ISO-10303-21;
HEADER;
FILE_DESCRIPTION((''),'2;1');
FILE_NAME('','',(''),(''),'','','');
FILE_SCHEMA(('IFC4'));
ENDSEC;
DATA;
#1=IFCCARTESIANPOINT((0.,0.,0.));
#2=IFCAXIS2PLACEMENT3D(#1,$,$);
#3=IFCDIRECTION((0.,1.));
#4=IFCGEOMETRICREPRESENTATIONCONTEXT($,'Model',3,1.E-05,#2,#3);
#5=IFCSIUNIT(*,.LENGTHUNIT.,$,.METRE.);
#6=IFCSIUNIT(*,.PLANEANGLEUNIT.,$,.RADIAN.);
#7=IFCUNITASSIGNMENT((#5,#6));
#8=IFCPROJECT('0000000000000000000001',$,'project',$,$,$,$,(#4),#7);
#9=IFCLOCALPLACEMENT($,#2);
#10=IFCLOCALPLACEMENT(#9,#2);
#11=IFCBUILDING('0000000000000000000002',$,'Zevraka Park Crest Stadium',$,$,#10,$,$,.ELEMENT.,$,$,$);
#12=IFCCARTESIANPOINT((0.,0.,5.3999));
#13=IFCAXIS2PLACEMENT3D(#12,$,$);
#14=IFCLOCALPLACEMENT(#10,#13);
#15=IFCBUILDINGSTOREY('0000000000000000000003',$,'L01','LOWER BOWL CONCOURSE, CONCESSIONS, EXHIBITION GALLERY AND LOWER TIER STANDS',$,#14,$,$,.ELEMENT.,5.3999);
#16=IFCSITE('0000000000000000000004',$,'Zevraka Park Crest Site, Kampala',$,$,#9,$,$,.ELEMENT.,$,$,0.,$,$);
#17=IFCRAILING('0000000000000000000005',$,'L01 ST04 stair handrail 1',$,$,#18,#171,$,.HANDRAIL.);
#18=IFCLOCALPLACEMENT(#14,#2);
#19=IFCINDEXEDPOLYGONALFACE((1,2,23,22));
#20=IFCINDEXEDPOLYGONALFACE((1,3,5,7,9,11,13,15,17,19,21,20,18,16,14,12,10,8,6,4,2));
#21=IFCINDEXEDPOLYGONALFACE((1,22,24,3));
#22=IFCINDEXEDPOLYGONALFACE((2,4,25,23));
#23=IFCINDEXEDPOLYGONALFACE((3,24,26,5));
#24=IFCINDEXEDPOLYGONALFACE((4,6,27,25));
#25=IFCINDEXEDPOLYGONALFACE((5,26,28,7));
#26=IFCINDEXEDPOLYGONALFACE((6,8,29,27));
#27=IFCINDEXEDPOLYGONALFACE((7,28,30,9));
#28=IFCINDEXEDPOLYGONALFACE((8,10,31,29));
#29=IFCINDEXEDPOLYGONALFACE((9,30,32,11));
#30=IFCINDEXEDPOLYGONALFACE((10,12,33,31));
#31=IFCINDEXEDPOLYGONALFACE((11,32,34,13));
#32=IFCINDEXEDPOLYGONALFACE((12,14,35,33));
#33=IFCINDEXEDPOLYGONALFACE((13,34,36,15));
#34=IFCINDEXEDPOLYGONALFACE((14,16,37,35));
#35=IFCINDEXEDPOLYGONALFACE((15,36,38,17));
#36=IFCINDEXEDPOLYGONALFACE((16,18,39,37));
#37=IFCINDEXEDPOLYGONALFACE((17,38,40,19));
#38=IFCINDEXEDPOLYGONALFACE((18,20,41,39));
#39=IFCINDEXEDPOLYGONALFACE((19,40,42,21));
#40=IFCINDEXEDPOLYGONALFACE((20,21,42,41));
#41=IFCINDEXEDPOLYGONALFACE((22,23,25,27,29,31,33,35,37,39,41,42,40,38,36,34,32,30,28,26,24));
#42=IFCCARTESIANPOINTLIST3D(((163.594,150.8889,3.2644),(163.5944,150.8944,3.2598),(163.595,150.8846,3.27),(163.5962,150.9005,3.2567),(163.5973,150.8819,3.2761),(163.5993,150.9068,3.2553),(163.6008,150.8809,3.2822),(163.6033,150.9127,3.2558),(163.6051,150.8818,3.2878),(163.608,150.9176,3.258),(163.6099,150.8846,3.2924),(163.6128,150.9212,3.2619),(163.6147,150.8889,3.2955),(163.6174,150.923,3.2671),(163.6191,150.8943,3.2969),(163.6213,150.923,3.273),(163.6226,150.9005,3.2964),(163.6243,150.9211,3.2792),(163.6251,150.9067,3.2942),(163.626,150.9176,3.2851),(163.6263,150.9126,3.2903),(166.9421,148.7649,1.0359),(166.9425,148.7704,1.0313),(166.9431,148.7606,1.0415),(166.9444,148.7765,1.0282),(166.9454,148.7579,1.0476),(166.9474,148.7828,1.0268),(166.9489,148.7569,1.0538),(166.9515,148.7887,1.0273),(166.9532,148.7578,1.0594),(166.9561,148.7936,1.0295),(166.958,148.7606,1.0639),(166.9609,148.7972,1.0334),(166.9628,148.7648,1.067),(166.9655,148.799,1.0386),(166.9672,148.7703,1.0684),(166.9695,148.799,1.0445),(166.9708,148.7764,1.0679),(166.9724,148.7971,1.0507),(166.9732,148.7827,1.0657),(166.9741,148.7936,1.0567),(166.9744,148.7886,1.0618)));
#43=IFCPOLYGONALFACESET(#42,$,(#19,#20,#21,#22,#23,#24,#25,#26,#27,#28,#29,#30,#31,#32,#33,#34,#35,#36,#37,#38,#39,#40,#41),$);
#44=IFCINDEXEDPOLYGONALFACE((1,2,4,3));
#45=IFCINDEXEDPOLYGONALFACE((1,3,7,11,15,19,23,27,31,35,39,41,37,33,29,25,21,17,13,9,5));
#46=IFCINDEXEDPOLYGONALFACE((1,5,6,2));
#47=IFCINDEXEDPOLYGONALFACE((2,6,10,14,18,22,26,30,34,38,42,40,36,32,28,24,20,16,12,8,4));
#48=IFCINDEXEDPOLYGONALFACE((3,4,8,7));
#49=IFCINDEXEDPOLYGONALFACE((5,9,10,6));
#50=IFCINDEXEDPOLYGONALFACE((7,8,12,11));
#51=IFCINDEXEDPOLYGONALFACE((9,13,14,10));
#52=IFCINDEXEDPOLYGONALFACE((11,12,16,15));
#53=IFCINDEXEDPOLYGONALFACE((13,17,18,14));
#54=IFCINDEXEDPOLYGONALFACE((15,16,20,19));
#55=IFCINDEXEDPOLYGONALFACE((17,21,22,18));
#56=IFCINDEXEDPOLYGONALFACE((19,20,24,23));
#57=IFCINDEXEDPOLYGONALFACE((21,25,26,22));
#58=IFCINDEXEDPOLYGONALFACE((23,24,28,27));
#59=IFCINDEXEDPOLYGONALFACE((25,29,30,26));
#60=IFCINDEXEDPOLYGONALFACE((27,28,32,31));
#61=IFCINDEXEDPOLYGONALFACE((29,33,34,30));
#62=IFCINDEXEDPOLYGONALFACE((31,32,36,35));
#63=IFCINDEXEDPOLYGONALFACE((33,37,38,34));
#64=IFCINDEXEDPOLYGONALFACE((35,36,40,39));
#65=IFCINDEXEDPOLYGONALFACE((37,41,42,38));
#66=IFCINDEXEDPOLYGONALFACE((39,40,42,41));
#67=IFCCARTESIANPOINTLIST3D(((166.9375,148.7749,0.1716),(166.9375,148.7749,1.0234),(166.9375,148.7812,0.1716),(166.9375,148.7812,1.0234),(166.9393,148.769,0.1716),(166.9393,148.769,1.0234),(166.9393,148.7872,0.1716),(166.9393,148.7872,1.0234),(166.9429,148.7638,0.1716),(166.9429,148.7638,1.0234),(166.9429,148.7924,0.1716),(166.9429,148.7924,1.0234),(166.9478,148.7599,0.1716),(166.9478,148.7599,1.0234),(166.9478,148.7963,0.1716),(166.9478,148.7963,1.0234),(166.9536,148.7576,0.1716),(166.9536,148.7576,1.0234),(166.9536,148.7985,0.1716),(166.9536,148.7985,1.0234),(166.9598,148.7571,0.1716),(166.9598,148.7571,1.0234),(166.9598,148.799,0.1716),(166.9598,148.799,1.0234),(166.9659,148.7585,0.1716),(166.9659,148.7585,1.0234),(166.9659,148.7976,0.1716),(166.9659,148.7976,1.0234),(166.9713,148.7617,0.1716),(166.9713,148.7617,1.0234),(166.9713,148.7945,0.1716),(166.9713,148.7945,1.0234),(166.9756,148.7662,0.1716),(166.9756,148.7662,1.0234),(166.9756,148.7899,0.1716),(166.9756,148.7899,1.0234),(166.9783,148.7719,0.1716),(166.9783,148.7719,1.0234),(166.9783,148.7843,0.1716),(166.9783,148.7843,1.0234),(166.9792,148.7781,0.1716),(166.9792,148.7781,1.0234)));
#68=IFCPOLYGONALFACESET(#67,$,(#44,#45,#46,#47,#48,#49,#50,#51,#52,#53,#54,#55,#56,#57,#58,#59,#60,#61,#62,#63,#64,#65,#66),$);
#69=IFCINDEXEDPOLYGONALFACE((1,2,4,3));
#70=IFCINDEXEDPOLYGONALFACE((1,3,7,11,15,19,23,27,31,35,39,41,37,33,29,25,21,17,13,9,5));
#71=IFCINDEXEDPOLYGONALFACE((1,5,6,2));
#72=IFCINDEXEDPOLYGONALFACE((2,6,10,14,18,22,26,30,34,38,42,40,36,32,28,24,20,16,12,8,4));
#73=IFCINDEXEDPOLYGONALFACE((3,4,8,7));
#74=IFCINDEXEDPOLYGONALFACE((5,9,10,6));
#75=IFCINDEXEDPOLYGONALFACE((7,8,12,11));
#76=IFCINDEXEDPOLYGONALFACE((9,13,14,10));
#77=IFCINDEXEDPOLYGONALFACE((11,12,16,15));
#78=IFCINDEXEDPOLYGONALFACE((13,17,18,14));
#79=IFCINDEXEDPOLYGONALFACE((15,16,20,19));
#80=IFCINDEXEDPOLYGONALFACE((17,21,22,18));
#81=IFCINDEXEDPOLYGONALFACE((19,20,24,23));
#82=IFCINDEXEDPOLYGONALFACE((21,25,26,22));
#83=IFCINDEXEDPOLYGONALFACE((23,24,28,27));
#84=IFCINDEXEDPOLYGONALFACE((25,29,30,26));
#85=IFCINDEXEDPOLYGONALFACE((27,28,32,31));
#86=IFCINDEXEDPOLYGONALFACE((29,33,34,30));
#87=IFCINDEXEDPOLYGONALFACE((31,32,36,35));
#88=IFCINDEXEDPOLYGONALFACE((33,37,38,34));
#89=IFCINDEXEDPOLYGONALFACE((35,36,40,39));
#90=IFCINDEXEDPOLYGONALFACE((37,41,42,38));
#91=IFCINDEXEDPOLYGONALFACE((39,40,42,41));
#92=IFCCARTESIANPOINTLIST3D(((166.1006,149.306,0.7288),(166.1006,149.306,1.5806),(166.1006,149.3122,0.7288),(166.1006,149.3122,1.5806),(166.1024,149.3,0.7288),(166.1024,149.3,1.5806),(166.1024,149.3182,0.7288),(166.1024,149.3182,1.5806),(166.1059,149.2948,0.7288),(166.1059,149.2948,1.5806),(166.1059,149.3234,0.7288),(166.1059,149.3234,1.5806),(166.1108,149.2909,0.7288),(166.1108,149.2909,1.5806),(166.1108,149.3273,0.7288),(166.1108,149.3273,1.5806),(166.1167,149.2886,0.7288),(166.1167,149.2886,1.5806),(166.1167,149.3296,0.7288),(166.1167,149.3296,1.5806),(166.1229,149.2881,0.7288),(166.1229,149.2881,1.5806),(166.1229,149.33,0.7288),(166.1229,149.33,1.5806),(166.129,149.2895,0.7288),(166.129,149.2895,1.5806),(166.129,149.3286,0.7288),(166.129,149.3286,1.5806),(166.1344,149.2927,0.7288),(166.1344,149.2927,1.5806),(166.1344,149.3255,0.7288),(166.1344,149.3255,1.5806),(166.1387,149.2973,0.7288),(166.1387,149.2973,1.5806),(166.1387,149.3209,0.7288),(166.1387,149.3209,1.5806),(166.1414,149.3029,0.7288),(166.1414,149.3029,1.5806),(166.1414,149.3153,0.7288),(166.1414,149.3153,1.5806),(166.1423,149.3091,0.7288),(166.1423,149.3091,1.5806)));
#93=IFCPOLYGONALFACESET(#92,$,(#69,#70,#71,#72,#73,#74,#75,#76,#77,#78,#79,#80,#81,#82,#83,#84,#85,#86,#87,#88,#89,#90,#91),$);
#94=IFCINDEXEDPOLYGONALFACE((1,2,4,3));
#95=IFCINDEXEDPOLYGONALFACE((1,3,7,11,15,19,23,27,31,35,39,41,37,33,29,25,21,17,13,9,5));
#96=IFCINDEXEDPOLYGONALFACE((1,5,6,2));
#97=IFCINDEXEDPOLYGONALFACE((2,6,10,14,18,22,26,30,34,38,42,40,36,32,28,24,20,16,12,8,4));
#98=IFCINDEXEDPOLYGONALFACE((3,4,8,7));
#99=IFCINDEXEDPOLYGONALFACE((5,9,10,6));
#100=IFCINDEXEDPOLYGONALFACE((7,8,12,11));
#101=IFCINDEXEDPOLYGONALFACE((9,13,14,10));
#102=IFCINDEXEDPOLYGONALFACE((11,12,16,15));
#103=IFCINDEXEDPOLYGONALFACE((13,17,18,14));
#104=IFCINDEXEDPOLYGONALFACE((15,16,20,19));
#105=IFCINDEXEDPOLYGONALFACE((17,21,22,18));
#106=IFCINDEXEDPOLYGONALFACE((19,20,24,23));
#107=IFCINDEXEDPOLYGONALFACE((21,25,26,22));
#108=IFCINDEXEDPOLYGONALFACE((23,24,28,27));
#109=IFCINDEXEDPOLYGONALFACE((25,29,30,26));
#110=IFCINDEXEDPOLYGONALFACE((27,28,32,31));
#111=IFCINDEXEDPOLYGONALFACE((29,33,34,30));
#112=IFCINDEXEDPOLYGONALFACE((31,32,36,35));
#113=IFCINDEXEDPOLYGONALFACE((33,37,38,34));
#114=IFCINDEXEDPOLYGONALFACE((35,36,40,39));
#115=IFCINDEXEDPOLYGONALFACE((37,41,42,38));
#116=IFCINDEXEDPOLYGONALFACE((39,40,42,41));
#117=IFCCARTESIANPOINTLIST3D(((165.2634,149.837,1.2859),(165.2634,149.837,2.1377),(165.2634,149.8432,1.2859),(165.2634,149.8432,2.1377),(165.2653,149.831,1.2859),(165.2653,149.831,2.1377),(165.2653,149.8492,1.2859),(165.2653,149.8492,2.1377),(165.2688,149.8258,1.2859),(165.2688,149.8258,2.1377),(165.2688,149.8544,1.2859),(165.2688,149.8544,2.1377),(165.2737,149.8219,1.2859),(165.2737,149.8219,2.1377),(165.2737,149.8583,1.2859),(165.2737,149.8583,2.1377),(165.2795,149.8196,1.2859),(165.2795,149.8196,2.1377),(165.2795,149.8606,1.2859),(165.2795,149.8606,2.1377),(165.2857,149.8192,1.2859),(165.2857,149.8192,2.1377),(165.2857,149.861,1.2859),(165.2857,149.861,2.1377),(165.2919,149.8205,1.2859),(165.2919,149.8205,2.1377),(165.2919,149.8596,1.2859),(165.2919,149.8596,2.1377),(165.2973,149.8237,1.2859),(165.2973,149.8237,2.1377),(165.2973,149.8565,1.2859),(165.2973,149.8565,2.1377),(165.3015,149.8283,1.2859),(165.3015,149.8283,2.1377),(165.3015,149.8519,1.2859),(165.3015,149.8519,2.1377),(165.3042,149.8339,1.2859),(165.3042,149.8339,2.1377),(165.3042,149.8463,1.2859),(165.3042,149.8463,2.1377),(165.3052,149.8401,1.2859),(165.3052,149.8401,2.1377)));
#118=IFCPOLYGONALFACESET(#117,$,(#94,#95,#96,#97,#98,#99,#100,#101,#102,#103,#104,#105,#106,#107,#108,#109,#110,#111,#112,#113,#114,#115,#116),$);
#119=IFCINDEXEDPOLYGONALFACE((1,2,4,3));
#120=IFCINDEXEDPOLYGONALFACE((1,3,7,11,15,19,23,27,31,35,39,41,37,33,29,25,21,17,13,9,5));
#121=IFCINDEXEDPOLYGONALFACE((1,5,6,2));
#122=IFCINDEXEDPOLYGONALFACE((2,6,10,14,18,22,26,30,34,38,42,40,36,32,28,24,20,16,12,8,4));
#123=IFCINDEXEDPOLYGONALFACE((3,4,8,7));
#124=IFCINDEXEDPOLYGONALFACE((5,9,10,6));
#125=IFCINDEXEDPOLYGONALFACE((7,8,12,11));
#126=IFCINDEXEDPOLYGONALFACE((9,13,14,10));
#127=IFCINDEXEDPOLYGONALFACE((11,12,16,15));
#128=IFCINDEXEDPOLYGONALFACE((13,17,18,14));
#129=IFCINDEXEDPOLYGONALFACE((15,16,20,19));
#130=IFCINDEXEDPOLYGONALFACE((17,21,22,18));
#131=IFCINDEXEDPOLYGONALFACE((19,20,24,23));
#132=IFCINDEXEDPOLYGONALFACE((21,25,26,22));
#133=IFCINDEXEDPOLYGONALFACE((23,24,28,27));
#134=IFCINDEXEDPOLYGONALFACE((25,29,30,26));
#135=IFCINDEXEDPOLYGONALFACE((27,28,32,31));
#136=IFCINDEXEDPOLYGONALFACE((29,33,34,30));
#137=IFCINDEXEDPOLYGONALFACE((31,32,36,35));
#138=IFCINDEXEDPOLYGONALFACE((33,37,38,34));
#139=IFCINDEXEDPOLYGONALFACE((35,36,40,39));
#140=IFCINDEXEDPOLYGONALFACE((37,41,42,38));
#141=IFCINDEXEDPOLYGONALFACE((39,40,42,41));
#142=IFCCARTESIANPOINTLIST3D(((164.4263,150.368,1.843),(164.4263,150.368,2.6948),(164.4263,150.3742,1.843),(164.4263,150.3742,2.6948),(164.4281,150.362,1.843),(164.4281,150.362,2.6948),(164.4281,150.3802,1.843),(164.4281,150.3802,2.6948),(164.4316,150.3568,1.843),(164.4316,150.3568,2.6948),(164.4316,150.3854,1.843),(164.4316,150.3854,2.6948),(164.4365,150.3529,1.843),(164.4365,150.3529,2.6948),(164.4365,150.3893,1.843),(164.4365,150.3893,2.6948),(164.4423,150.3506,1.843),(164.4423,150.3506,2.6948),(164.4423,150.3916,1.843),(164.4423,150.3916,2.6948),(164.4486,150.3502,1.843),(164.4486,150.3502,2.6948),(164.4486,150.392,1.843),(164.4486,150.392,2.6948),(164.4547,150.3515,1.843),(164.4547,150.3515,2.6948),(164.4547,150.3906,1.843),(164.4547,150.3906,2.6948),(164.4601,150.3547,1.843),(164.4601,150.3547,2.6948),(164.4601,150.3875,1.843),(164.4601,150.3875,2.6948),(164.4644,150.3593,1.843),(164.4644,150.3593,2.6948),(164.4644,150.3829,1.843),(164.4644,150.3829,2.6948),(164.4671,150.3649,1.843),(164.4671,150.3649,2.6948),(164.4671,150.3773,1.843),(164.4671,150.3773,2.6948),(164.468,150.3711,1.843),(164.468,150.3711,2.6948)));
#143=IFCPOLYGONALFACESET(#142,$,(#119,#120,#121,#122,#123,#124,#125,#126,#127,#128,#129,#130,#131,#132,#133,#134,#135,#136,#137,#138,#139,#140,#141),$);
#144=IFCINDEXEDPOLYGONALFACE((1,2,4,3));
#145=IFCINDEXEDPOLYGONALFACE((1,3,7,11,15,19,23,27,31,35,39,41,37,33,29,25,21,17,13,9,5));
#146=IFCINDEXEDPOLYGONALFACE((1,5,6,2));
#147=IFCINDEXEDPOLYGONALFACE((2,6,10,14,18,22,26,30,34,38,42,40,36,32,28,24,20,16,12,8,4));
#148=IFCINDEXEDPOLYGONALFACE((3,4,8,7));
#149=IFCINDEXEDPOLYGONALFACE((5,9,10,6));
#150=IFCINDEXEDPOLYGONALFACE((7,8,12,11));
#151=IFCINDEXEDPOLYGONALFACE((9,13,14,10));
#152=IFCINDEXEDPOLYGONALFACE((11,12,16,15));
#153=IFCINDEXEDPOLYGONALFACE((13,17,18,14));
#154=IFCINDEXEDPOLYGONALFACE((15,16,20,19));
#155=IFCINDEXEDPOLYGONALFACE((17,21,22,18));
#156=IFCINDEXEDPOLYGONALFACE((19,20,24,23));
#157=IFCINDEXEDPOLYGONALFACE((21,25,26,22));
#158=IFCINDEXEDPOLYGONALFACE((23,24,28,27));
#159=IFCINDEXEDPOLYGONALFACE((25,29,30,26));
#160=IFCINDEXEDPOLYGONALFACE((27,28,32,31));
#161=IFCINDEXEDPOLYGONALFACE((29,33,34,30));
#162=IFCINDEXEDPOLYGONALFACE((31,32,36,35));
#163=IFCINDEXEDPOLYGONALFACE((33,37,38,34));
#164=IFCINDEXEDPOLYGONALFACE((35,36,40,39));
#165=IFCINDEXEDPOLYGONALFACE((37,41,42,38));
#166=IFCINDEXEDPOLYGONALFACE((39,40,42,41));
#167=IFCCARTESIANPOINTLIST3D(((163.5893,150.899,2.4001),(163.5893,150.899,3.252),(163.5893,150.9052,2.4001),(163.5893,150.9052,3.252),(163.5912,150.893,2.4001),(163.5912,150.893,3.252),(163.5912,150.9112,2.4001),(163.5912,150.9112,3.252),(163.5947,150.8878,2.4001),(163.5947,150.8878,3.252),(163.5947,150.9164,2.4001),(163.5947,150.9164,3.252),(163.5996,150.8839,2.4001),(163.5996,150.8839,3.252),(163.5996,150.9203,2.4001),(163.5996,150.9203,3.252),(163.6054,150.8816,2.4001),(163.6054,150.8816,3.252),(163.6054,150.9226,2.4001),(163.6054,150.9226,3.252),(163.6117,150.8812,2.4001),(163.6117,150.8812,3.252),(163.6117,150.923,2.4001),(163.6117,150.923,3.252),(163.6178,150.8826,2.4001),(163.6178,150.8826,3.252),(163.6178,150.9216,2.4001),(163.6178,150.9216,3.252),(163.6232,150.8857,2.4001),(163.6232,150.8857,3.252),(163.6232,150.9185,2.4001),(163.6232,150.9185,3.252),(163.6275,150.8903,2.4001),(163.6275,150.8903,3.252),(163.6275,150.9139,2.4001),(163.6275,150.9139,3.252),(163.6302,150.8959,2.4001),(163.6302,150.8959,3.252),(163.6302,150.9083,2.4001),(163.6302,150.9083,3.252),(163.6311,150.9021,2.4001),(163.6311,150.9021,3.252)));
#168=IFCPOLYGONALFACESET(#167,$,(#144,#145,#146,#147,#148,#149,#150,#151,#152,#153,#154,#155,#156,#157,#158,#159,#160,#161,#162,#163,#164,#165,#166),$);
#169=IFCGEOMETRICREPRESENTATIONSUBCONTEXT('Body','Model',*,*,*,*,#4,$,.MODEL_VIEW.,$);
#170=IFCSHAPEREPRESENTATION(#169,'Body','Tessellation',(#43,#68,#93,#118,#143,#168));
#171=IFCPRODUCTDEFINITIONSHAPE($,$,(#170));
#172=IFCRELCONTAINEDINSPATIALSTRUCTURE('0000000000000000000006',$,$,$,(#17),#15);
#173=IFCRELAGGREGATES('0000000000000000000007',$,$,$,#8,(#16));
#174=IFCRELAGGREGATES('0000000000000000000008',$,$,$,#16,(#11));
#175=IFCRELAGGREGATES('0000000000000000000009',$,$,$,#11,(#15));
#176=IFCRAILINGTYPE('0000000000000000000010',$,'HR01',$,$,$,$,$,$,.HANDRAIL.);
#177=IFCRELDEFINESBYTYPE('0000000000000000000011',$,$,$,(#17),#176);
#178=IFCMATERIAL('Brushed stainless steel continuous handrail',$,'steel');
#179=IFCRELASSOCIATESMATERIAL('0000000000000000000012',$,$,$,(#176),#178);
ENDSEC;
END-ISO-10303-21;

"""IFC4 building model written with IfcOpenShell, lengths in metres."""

from ifc_helpers import new_model, si_unit, direction, frame, origin, origin_2d, place, context, subcontext, project, spatial, circle, extrude, material, type_object, element, save


model = new_model("IFC4")

# Units and contexts
model_context = context("Model", 3, precision=1e-05, world=origin(), true_north=direction((0.0, 1.0)))
body_context = subcontext(model_context, "Body", "Model", "MODEL_VIEW")
ifc_project = project(units=[si_unit("LENGTHUNIT", "METRE"), si_unit("PLANEANGLEUNIT", "RADIAN")], contexts=[model_context])

# Site, building, storey
site_placement = place(None, origin())
site = spatial("IfcSite", under=ifc_project, at=site_placement, Name="Zevraka Park Crest Site, Kampala", CompositionType="ELEMENT", RefElevation=0.0)
building_placement = place(site_placement, origin())
building = spatial("IfcBuilding", under=site, at=building_placement, Name="Zevraka Park Crest Stadium", CompositionType="ELEMENT")
storey_placement = place(building_placement, frame((0.0, 0.0, 5.3999)))
storey = spatial("IfcBuildingStorey", under=building, at=storey_placement, Name="L01", Description="LOWER BOWL CONCOURSE, CONCESSIONS, EXHIBITION GALLERY AND LOWER TIER STANDS", CompositionType="ELEMENT", Elevation=5.3999)

# Railing
ifc_material_1 = material(Name="Brushed stainless steel continuous handrail", Category="steel")
railing_type_1 = type_object("IfcRailingType", Name="HR01", PredefinedType="HANDRAIL", material=ifc_material_1)
railing_1_placement = place(storey_placement, frame((166.9583, 148.7781, 0.1716)))
element("IfcRailing", 1, at=railing_1_placement, inside=storey, type_object=railing_type_1, Name="L01 ST04 stair handrail 1", PredefinedType="HANDRAIL", context=body_context, shape_type="SweptSolid", body=[
    extrude(circle(Radius=0.0239, at=origin_2d()), frame((0.0, 0.0, 0.876), z_axis=(-0.736117, 0.466984, 0.489957), x_axis=(-0.535688, -0.844416, 0.0)), (0.0, 0.0, 1.0), 4.5483),
    extrude(circle(Radius=0.021, at=origin_2d()), origin(), (0.0, 0.0, 1.0), 0.8518),
    extrude(circle(Radius=0.021, at=origin_2d()), frame((-0.8369, 0.531, 0.5571)), (0.0, 0.0, 1.0), 0.8518),
    extrude(circle(Radius=0.021, at=origin_2d()), frame((-1.6741, 1.062, 1.1143)), (0.0, 0.0, 1.0), 0.8518),
    extrude(circle(Radius=0.021, at=origin_2d()), frame((-2.5112, 1.593, 1.6714)), (0.0, 0.0, 1.0), 0.8518),
    extrude(circle(Radius=0.021, at=origin_2d()), frame((-3.3481, 2.124, 2.2285)), (0.0, 0.0, 1.0), 0.8518),
])

save(model, "model.ifc")
